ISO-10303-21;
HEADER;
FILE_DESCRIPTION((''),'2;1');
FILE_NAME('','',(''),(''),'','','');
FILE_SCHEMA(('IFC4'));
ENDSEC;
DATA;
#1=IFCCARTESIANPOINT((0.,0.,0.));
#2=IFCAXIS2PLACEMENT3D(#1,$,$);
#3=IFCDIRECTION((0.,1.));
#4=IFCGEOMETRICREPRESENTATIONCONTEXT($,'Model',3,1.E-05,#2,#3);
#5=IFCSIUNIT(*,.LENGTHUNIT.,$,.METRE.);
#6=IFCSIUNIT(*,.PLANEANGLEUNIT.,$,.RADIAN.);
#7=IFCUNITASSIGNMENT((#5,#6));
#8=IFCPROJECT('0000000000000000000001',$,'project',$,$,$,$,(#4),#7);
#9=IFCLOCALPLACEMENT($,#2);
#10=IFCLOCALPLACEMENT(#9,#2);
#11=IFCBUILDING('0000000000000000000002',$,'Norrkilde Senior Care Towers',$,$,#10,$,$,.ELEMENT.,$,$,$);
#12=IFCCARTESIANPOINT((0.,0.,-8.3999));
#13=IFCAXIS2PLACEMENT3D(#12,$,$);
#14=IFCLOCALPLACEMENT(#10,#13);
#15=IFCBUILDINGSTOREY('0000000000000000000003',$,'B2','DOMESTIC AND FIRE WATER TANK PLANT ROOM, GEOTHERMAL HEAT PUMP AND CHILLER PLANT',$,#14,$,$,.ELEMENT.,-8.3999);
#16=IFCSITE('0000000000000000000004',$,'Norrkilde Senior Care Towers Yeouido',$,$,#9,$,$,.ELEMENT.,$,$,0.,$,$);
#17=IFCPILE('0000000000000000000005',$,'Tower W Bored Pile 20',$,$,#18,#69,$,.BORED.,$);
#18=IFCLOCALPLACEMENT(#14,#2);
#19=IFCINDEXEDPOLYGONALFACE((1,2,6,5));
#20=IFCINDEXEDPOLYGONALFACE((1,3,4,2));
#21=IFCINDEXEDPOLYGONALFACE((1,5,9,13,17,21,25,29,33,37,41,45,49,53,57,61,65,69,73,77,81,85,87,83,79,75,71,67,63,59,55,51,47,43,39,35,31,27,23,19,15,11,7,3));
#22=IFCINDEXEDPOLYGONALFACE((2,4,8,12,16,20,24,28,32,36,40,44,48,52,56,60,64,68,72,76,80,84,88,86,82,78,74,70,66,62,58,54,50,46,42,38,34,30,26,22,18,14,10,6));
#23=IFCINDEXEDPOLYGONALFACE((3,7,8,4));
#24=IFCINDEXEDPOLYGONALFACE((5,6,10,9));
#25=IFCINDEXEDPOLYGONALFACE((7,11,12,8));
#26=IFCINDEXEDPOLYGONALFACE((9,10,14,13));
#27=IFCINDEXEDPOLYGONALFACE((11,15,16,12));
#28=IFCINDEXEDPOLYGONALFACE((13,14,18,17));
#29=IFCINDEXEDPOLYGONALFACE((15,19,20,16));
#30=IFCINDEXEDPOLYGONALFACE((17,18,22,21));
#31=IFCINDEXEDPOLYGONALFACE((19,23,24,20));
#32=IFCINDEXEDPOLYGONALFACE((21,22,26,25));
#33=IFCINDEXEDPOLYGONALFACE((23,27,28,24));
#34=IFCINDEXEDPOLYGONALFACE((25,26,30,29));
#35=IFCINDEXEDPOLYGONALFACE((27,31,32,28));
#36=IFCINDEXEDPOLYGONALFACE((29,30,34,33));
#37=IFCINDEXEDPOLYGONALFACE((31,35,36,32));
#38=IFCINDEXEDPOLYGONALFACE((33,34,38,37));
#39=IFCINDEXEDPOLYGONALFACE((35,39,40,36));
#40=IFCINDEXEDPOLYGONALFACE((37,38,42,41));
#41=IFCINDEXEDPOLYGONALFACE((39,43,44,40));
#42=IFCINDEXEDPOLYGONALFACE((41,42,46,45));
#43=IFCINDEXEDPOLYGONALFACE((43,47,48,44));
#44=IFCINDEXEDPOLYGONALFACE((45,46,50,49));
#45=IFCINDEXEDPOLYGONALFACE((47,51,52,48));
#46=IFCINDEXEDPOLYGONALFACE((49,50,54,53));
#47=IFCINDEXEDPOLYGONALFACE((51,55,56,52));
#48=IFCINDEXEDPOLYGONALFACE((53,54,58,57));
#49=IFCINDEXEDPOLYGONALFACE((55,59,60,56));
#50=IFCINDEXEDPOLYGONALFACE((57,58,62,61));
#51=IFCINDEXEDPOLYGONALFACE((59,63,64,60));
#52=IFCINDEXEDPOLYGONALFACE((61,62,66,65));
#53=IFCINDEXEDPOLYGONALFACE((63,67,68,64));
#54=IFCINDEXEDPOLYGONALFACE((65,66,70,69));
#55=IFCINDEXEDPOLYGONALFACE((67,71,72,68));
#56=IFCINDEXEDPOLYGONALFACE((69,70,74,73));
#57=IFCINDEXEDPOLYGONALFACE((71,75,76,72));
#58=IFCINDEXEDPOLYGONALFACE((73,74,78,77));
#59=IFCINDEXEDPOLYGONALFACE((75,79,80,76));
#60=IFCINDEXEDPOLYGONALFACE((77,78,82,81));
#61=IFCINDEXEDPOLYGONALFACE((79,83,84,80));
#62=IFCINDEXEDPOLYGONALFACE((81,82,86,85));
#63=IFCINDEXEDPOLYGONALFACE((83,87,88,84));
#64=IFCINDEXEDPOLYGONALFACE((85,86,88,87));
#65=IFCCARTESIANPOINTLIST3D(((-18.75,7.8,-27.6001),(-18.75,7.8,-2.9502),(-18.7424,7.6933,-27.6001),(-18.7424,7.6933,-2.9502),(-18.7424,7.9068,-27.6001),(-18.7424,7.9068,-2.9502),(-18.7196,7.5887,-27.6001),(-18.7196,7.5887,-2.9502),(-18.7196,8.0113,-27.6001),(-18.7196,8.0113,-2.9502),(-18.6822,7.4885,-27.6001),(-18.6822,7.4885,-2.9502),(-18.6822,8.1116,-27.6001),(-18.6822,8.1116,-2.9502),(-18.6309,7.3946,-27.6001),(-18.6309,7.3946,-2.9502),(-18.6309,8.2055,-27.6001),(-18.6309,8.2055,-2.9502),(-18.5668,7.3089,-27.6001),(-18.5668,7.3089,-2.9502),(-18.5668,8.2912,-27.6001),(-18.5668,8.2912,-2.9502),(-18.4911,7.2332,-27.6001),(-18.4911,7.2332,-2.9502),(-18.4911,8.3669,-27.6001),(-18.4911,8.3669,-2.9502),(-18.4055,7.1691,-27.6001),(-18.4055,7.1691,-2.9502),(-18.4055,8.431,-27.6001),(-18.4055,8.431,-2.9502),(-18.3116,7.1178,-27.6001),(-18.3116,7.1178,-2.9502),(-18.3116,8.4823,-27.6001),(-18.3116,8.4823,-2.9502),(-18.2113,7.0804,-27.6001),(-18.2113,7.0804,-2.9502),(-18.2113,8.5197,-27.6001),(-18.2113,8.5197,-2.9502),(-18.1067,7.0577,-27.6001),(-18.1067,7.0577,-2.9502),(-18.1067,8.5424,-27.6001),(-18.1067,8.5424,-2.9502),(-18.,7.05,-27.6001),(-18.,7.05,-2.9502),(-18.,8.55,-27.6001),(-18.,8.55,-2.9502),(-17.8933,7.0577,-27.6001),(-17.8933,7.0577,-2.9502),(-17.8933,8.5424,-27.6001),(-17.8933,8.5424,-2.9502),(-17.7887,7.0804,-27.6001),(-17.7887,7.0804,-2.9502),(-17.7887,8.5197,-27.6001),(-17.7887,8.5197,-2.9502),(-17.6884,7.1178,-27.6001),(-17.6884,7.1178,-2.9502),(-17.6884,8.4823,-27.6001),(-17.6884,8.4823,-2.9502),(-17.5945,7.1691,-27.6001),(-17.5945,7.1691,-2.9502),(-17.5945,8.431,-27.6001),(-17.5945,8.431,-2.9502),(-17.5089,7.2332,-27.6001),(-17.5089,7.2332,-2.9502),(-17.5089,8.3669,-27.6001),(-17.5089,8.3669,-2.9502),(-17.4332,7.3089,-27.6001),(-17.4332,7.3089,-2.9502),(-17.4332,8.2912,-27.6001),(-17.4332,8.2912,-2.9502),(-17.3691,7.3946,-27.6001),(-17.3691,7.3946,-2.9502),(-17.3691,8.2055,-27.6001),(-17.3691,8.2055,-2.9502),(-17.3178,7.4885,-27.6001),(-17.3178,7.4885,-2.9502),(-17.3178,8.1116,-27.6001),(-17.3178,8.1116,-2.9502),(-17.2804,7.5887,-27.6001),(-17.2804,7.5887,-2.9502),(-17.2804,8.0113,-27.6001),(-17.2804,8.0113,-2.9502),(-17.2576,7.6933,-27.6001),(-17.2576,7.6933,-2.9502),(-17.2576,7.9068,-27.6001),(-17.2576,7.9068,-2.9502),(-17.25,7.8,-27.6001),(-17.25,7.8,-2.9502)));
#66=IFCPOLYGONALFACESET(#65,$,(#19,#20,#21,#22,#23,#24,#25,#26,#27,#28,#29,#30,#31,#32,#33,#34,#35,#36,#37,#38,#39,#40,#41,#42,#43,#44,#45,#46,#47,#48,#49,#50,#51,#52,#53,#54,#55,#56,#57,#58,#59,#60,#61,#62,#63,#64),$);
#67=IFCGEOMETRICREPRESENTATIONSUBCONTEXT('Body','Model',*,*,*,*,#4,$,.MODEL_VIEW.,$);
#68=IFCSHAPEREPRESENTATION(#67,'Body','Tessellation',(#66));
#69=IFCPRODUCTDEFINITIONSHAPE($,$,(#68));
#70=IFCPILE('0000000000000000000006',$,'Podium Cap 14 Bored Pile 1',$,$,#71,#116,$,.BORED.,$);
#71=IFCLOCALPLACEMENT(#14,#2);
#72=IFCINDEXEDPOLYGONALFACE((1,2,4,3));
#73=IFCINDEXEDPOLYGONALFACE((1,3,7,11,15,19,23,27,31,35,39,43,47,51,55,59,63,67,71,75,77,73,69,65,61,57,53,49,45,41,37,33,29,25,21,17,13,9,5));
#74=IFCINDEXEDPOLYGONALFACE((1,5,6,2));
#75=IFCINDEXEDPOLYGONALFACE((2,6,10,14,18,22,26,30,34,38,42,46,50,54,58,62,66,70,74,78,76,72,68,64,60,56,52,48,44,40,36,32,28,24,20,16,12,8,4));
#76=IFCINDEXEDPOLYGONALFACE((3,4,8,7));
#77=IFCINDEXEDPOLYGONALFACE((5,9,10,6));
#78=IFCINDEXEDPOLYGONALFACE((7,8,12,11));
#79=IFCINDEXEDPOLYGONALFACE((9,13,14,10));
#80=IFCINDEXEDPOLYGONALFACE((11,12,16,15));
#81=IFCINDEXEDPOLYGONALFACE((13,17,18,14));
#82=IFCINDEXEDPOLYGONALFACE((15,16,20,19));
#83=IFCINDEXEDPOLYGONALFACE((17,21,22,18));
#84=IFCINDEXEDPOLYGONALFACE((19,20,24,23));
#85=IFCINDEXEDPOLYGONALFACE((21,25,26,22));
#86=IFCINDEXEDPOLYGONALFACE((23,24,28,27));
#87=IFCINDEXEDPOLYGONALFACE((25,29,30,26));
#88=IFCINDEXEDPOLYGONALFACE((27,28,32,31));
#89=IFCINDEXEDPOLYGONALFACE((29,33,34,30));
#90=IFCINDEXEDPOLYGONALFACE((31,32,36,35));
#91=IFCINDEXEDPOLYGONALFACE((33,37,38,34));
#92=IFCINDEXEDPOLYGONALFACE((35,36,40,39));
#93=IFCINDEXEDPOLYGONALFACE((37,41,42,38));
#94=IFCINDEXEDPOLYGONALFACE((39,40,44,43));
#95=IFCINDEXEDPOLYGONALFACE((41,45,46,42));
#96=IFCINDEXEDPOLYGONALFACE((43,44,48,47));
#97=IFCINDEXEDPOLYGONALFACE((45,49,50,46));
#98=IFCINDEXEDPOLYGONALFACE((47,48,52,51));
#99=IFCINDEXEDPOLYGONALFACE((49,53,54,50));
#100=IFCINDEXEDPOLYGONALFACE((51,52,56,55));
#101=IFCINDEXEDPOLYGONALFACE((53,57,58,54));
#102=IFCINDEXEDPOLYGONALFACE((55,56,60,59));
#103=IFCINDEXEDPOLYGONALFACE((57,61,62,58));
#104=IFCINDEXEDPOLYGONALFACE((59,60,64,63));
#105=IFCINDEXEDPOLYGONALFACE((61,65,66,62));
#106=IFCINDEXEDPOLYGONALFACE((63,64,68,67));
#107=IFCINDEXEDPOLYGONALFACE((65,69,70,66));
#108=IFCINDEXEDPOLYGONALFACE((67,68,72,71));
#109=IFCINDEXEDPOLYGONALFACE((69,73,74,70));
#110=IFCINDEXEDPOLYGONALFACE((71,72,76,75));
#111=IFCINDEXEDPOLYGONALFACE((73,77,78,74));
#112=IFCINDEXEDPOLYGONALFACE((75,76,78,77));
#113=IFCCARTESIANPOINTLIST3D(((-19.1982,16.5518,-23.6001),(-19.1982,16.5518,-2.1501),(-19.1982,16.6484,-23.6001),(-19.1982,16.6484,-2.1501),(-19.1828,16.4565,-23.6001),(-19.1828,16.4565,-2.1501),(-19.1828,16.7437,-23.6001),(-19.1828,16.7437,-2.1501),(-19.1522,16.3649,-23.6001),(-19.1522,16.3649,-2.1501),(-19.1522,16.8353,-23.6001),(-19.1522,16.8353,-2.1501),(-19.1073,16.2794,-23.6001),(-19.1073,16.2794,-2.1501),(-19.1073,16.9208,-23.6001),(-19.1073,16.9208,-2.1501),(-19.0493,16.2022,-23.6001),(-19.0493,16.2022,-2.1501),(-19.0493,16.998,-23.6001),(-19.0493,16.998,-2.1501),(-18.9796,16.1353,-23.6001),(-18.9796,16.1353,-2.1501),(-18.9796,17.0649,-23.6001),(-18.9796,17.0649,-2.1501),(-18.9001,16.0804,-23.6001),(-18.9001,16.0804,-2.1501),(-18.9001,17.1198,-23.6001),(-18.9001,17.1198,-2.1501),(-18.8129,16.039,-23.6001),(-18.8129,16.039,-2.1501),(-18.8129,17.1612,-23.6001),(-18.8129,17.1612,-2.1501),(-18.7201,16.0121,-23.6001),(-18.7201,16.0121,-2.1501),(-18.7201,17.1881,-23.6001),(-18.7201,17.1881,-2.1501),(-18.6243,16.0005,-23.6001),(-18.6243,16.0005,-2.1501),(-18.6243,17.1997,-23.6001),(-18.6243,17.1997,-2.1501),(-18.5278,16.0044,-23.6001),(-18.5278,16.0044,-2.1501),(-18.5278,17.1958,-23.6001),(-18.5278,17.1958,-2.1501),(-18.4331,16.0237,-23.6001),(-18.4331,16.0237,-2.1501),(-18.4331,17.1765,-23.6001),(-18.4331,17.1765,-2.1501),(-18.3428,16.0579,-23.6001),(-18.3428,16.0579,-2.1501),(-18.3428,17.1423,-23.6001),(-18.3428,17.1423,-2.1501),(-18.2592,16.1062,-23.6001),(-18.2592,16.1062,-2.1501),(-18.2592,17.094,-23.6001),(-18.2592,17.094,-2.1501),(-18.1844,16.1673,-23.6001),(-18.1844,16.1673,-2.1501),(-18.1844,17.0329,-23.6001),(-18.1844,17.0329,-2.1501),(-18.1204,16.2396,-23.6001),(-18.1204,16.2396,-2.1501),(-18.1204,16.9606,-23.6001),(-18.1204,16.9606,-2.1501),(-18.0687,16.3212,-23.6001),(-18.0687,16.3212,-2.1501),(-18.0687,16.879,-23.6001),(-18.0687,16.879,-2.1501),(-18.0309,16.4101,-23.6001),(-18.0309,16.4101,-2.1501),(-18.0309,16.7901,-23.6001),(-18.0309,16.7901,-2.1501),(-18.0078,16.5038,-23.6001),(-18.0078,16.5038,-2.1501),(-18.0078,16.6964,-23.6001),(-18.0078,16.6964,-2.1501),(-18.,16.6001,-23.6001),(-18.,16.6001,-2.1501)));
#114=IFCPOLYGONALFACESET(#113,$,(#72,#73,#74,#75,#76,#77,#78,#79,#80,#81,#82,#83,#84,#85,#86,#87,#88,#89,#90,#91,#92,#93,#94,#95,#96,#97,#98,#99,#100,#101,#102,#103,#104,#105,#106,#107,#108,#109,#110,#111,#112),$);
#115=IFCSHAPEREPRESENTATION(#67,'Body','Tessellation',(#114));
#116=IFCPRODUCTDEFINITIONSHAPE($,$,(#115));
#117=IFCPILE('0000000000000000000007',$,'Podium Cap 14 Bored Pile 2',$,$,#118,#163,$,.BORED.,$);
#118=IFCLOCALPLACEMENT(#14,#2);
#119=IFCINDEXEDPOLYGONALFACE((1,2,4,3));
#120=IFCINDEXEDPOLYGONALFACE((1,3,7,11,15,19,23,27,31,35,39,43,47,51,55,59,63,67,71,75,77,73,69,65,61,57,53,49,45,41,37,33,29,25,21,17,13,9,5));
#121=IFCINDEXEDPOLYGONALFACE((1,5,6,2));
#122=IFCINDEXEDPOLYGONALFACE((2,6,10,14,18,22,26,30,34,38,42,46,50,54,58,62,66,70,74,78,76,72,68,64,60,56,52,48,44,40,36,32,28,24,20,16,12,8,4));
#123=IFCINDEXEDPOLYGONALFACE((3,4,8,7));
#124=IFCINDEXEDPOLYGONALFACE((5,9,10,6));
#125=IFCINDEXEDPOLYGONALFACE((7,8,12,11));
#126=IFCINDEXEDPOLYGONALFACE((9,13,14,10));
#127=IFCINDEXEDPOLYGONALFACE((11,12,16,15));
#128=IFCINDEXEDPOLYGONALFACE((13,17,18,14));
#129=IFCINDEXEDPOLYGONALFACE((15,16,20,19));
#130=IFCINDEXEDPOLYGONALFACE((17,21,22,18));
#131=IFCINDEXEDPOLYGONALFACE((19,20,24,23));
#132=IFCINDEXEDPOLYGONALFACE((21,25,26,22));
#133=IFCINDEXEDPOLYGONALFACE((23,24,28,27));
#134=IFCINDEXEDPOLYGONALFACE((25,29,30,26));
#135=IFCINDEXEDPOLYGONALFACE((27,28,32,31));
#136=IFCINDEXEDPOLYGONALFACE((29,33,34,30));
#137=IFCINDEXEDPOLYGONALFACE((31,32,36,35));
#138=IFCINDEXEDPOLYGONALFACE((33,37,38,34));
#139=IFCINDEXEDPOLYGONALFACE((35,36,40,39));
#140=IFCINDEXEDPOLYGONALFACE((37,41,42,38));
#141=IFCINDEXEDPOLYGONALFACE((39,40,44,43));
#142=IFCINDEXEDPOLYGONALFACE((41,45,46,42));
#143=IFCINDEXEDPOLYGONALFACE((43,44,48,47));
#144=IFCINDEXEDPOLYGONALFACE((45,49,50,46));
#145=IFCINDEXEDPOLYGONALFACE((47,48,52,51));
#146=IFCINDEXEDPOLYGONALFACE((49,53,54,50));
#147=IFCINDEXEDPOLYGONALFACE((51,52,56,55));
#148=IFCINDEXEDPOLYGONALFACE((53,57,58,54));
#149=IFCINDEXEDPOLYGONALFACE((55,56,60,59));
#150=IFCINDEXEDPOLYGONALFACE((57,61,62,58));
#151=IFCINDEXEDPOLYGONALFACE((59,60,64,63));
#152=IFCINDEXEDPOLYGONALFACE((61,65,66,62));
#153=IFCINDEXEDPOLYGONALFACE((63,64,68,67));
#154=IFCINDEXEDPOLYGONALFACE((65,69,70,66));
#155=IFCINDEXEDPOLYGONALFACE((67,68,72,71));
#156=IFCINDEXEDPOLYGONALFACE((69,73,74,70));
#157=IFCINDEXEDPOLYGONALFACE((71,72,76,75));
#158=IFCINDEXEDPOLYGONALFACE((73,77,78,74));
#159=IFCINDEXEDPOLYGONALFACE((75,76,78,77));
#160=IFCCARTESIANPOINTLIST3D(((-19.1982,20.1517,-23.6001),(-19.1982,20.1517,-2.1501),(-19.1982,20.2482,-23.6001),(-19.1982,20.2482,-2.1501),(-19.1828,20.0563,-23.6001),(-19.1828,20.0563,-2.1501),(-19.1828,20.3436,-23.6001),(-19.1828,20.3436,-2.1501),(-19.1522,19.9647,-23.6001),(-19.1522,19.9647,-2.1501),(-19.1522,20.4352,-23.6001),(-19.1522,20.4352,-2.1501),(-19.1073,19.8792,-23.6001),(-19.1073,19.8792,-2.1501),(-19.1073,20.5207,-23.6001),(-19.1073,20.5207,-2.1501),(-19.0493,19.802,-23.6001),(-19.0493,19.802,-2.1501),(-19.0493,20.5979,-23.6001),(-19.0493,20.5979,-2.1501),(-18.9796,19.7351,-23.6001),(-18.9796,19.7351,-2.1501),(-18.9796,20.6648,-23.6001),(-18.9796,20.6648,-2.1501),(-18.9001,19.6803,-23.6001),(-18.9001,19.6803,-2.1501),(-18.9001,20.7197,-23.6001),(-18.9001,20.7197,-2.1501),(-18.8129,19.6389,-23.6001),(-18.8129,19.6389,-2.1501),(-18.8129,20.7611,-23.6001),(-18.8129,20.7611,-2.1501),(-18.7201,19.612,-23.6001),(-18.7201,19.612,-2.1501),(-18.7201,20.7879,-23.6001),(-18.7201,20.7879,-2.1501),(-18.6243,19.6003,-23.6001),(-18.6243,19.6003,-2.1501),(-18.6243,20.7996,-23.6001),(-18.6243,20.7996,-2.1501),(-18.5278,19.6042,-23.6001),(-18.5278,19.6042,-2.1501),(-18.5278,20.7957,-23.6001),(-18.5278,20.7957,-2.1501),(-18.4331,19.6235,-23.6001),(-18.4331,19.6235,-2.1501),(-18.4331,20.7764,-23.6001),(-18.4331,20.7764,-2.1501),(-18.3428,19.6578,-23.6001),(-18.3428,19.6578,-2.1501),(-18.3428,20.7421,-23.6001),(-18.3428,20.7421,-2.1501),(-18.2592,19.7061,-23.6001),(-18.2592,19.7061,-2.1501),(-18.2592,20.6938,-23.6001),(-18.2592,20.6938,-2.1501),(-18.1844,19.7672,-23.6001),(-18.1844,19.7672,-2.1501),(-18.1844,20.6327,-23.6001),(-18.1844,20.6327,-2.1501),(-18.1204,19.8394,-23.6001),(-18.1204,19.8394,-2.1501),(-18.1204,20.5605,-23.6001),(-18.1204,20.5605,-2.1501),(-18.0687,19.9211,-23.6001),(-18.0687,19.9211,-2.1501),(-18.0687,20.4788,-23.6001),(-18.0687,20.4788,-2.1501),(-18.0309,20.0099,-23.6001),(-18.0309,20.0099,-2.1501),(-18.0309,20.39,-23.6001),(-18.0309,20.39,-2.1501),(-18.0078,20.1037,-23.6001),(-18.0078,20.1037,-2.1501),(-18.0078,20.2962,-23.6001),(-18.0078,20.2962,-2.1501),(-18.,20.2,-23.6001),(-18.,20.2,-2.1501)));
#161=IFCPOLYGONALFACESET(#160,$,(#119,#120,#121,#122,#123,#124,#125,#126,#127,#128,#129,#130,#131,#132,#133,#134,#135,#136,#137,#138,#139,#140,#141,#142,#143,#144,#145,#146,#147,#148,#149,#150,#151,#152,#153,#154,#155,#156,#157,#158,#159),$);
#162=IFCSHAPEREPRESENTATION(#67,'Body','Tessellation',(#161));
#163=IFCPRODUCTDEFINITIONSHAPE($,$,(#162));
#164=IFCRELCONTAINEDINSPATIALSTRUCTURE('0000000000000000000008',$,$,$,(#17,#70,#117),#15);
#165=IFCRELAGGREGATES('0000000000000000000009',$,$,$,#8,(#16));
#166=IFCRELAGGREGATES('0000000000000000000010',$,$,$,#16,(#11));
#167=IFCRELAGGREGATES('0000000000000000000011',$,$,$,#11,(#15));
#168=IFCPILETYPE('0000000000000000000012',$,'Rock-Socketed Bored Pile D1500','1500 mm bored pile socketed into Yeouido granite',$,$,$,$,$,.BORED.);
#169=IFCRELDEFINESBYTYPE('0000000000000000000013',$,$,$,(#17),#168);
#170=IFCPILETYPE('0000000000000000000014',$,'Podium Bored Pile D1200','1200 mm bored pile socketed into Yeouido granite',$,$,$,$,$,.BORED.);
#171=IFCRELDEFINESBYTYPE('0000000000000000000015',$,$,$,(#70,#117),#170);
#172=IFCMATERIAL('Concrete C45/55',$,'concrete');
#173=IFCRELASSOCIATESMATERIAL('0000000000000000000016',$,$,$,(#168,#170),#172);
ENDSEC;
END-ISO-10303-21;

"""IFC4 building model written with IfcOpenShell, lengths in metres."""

from ifc_helpers import new_model, si_unit, direction, frame, origin, origin_2d, place, context, subcontext, project, spatial, circle, extrude, source, transform, mapped, material, material_profile, profile_set, type_object, type_shapes, element, save


model = new_model("IFC4")

# Units and contexts
model_context = context("Model", 3, precision=1e-05, world=origin(), true_north=direction((0.0, 1.0)))
body_context = subcontext(model_context, "Body", "Model", "MODEL_VIEW")
ifc_project = project(units=[si_unit("LENGTHUNIT", "METRE"), si_unit("PLANEANGLEUNIT", "RADIAN")], contexts=[model_context])

# Site, building, storey
site_placement = place(None, origin())
site = spatial("IfcSite", under=ifc_project, at=site_placement, Name="Norrkilde Senior Care Towers Yeouido", CompositionType="ELEMENT", RefElevation=0.0)
building_placement = place(site_placement, origin())
building = spatial("IfcBuilding", under=site, at=building_placement, Name="Norrkilde Senior Care Towers", CompositionType="ELEMENT")
storey_placement = place(building_placement, frame((0.0, 0.0, -8.3999)))
storey = spatial("IfcBuildingStorey", under=building, at=storey_placement, Name="B2", Description="DOMESTIC AND FIRE WATER TANK PLANT ROOM, GEOTHERMAL HEAT PUMP AND CHILLER PLANT", CompositionType="ELEMENT", Elevation=-8.3999)

# Piles
ifc_material_1 = material(Name="Concrete C45/55", Category="concrete")
ifc_material_profile_1 = material_profile(ifc_material_1, circle(Radius=0.75, at=origin_2d()), Name="BORED PILE 1500")
ifc_profile_set_1 = profile_set([ifc_material_profile_1], Name="Concrete C45/55")
pile_type_1 = type_object("IfcPileType", Name="Rock-Socketed Bored Pile D1500", Description="1500 mm bored pile socketed into Yeouido granite", PredefinedType="BORED", material=ifc_profile_set_1)
shared_shape_1 = source(origin(), body_context, "Body", "SweptSolid", [
    extrude(circle(Radius=0.75, at=origin_2d()), origin(), (0.0, 0.0, 1.0), 24.6499),
])
type_shapes(pile_type_1, [shared_shape_1])
for number, where, z_axis, x_axis, name in (
    (1, (-18.0, 7.8, -2.9502), (0.0, 0.0, -1.0), (1.0, 0.0, 0.0), "Tower W Bored Pile 20"),
):
    element("IfcPile", number, at=place(storey_placement, frame(where, z_axis=z_axis, x_axis=x_axis)), inside=storey, type_object=pile_type_1, Name=name, PredefinedType="BORED", context=body_context, shape_type="MappedRepresentation", body=[
        mapped(shared_shape_1, transform((0.0, 0.0, 0.0), x_axis=(1.0, 0.0, 0.0), y_axis=(0.0, 1.0, 0.0), z_axis=(0.0, 0.0, 1.0), scale=1.0)),
    ])
ifc_material_profile_2 = material_profile(ifc_material_1, circle(Radius=0.6001, at=origin_2d()), Name="BORED PILE 1200")
ifc_profile_set_2 = profile_set([ifc_material_profile_2], Name="Concrete C45/55")
pile_type_2 = type_object("IfcPileType", Name="Podium Bored Pile D1200", Description="1200 mm bored pile socketed into Yeouido granite", PredefinedType="BORED", material=ifc_profile_set_2)
shared_shape_2 = source(origin(), body_context, "Body", "SweptSolid", [
    extrude(circle(Radius=0.6001, at=origin_2d()), origin(), (0.0, 0.0, 1.0), 21.45),
])
for number, where, z_axis, x_axis, name in (
    (2, (-18.6001, 16.6001, -2.1501), (0.0, 0.0, -1.0), (1.0, 0.0, 0.0), "Podium Cap 14 Bored Pile 1"),
    (3, (-18.6001, 20.2, -2.1501), (0.0, 0.0, -1.0), (1.0, 0.0, 0.0), "Podium Cap 14 Bored Pile 2"),
):
    element("IfcPile", number, at=place(storey_placement, frame(where, z_axis=z_axis, x_axis=x_axis)), inside=storey, type_object=pile_type_2, Name=name, PredefinedType="BORED", context=body_context, shape_type="MappedRepresentation", body=[
        mapped(shared_shape_2, transform((0.0, 0.0, 0.0), x_axis=(1.0, 0.0, 0.0), y_axis=(0.0, 1.0, 0.0), z_axis=(0.0, 0.0, 1.0), scale=1.0)),
    ])

save(model, "model.ifc")
